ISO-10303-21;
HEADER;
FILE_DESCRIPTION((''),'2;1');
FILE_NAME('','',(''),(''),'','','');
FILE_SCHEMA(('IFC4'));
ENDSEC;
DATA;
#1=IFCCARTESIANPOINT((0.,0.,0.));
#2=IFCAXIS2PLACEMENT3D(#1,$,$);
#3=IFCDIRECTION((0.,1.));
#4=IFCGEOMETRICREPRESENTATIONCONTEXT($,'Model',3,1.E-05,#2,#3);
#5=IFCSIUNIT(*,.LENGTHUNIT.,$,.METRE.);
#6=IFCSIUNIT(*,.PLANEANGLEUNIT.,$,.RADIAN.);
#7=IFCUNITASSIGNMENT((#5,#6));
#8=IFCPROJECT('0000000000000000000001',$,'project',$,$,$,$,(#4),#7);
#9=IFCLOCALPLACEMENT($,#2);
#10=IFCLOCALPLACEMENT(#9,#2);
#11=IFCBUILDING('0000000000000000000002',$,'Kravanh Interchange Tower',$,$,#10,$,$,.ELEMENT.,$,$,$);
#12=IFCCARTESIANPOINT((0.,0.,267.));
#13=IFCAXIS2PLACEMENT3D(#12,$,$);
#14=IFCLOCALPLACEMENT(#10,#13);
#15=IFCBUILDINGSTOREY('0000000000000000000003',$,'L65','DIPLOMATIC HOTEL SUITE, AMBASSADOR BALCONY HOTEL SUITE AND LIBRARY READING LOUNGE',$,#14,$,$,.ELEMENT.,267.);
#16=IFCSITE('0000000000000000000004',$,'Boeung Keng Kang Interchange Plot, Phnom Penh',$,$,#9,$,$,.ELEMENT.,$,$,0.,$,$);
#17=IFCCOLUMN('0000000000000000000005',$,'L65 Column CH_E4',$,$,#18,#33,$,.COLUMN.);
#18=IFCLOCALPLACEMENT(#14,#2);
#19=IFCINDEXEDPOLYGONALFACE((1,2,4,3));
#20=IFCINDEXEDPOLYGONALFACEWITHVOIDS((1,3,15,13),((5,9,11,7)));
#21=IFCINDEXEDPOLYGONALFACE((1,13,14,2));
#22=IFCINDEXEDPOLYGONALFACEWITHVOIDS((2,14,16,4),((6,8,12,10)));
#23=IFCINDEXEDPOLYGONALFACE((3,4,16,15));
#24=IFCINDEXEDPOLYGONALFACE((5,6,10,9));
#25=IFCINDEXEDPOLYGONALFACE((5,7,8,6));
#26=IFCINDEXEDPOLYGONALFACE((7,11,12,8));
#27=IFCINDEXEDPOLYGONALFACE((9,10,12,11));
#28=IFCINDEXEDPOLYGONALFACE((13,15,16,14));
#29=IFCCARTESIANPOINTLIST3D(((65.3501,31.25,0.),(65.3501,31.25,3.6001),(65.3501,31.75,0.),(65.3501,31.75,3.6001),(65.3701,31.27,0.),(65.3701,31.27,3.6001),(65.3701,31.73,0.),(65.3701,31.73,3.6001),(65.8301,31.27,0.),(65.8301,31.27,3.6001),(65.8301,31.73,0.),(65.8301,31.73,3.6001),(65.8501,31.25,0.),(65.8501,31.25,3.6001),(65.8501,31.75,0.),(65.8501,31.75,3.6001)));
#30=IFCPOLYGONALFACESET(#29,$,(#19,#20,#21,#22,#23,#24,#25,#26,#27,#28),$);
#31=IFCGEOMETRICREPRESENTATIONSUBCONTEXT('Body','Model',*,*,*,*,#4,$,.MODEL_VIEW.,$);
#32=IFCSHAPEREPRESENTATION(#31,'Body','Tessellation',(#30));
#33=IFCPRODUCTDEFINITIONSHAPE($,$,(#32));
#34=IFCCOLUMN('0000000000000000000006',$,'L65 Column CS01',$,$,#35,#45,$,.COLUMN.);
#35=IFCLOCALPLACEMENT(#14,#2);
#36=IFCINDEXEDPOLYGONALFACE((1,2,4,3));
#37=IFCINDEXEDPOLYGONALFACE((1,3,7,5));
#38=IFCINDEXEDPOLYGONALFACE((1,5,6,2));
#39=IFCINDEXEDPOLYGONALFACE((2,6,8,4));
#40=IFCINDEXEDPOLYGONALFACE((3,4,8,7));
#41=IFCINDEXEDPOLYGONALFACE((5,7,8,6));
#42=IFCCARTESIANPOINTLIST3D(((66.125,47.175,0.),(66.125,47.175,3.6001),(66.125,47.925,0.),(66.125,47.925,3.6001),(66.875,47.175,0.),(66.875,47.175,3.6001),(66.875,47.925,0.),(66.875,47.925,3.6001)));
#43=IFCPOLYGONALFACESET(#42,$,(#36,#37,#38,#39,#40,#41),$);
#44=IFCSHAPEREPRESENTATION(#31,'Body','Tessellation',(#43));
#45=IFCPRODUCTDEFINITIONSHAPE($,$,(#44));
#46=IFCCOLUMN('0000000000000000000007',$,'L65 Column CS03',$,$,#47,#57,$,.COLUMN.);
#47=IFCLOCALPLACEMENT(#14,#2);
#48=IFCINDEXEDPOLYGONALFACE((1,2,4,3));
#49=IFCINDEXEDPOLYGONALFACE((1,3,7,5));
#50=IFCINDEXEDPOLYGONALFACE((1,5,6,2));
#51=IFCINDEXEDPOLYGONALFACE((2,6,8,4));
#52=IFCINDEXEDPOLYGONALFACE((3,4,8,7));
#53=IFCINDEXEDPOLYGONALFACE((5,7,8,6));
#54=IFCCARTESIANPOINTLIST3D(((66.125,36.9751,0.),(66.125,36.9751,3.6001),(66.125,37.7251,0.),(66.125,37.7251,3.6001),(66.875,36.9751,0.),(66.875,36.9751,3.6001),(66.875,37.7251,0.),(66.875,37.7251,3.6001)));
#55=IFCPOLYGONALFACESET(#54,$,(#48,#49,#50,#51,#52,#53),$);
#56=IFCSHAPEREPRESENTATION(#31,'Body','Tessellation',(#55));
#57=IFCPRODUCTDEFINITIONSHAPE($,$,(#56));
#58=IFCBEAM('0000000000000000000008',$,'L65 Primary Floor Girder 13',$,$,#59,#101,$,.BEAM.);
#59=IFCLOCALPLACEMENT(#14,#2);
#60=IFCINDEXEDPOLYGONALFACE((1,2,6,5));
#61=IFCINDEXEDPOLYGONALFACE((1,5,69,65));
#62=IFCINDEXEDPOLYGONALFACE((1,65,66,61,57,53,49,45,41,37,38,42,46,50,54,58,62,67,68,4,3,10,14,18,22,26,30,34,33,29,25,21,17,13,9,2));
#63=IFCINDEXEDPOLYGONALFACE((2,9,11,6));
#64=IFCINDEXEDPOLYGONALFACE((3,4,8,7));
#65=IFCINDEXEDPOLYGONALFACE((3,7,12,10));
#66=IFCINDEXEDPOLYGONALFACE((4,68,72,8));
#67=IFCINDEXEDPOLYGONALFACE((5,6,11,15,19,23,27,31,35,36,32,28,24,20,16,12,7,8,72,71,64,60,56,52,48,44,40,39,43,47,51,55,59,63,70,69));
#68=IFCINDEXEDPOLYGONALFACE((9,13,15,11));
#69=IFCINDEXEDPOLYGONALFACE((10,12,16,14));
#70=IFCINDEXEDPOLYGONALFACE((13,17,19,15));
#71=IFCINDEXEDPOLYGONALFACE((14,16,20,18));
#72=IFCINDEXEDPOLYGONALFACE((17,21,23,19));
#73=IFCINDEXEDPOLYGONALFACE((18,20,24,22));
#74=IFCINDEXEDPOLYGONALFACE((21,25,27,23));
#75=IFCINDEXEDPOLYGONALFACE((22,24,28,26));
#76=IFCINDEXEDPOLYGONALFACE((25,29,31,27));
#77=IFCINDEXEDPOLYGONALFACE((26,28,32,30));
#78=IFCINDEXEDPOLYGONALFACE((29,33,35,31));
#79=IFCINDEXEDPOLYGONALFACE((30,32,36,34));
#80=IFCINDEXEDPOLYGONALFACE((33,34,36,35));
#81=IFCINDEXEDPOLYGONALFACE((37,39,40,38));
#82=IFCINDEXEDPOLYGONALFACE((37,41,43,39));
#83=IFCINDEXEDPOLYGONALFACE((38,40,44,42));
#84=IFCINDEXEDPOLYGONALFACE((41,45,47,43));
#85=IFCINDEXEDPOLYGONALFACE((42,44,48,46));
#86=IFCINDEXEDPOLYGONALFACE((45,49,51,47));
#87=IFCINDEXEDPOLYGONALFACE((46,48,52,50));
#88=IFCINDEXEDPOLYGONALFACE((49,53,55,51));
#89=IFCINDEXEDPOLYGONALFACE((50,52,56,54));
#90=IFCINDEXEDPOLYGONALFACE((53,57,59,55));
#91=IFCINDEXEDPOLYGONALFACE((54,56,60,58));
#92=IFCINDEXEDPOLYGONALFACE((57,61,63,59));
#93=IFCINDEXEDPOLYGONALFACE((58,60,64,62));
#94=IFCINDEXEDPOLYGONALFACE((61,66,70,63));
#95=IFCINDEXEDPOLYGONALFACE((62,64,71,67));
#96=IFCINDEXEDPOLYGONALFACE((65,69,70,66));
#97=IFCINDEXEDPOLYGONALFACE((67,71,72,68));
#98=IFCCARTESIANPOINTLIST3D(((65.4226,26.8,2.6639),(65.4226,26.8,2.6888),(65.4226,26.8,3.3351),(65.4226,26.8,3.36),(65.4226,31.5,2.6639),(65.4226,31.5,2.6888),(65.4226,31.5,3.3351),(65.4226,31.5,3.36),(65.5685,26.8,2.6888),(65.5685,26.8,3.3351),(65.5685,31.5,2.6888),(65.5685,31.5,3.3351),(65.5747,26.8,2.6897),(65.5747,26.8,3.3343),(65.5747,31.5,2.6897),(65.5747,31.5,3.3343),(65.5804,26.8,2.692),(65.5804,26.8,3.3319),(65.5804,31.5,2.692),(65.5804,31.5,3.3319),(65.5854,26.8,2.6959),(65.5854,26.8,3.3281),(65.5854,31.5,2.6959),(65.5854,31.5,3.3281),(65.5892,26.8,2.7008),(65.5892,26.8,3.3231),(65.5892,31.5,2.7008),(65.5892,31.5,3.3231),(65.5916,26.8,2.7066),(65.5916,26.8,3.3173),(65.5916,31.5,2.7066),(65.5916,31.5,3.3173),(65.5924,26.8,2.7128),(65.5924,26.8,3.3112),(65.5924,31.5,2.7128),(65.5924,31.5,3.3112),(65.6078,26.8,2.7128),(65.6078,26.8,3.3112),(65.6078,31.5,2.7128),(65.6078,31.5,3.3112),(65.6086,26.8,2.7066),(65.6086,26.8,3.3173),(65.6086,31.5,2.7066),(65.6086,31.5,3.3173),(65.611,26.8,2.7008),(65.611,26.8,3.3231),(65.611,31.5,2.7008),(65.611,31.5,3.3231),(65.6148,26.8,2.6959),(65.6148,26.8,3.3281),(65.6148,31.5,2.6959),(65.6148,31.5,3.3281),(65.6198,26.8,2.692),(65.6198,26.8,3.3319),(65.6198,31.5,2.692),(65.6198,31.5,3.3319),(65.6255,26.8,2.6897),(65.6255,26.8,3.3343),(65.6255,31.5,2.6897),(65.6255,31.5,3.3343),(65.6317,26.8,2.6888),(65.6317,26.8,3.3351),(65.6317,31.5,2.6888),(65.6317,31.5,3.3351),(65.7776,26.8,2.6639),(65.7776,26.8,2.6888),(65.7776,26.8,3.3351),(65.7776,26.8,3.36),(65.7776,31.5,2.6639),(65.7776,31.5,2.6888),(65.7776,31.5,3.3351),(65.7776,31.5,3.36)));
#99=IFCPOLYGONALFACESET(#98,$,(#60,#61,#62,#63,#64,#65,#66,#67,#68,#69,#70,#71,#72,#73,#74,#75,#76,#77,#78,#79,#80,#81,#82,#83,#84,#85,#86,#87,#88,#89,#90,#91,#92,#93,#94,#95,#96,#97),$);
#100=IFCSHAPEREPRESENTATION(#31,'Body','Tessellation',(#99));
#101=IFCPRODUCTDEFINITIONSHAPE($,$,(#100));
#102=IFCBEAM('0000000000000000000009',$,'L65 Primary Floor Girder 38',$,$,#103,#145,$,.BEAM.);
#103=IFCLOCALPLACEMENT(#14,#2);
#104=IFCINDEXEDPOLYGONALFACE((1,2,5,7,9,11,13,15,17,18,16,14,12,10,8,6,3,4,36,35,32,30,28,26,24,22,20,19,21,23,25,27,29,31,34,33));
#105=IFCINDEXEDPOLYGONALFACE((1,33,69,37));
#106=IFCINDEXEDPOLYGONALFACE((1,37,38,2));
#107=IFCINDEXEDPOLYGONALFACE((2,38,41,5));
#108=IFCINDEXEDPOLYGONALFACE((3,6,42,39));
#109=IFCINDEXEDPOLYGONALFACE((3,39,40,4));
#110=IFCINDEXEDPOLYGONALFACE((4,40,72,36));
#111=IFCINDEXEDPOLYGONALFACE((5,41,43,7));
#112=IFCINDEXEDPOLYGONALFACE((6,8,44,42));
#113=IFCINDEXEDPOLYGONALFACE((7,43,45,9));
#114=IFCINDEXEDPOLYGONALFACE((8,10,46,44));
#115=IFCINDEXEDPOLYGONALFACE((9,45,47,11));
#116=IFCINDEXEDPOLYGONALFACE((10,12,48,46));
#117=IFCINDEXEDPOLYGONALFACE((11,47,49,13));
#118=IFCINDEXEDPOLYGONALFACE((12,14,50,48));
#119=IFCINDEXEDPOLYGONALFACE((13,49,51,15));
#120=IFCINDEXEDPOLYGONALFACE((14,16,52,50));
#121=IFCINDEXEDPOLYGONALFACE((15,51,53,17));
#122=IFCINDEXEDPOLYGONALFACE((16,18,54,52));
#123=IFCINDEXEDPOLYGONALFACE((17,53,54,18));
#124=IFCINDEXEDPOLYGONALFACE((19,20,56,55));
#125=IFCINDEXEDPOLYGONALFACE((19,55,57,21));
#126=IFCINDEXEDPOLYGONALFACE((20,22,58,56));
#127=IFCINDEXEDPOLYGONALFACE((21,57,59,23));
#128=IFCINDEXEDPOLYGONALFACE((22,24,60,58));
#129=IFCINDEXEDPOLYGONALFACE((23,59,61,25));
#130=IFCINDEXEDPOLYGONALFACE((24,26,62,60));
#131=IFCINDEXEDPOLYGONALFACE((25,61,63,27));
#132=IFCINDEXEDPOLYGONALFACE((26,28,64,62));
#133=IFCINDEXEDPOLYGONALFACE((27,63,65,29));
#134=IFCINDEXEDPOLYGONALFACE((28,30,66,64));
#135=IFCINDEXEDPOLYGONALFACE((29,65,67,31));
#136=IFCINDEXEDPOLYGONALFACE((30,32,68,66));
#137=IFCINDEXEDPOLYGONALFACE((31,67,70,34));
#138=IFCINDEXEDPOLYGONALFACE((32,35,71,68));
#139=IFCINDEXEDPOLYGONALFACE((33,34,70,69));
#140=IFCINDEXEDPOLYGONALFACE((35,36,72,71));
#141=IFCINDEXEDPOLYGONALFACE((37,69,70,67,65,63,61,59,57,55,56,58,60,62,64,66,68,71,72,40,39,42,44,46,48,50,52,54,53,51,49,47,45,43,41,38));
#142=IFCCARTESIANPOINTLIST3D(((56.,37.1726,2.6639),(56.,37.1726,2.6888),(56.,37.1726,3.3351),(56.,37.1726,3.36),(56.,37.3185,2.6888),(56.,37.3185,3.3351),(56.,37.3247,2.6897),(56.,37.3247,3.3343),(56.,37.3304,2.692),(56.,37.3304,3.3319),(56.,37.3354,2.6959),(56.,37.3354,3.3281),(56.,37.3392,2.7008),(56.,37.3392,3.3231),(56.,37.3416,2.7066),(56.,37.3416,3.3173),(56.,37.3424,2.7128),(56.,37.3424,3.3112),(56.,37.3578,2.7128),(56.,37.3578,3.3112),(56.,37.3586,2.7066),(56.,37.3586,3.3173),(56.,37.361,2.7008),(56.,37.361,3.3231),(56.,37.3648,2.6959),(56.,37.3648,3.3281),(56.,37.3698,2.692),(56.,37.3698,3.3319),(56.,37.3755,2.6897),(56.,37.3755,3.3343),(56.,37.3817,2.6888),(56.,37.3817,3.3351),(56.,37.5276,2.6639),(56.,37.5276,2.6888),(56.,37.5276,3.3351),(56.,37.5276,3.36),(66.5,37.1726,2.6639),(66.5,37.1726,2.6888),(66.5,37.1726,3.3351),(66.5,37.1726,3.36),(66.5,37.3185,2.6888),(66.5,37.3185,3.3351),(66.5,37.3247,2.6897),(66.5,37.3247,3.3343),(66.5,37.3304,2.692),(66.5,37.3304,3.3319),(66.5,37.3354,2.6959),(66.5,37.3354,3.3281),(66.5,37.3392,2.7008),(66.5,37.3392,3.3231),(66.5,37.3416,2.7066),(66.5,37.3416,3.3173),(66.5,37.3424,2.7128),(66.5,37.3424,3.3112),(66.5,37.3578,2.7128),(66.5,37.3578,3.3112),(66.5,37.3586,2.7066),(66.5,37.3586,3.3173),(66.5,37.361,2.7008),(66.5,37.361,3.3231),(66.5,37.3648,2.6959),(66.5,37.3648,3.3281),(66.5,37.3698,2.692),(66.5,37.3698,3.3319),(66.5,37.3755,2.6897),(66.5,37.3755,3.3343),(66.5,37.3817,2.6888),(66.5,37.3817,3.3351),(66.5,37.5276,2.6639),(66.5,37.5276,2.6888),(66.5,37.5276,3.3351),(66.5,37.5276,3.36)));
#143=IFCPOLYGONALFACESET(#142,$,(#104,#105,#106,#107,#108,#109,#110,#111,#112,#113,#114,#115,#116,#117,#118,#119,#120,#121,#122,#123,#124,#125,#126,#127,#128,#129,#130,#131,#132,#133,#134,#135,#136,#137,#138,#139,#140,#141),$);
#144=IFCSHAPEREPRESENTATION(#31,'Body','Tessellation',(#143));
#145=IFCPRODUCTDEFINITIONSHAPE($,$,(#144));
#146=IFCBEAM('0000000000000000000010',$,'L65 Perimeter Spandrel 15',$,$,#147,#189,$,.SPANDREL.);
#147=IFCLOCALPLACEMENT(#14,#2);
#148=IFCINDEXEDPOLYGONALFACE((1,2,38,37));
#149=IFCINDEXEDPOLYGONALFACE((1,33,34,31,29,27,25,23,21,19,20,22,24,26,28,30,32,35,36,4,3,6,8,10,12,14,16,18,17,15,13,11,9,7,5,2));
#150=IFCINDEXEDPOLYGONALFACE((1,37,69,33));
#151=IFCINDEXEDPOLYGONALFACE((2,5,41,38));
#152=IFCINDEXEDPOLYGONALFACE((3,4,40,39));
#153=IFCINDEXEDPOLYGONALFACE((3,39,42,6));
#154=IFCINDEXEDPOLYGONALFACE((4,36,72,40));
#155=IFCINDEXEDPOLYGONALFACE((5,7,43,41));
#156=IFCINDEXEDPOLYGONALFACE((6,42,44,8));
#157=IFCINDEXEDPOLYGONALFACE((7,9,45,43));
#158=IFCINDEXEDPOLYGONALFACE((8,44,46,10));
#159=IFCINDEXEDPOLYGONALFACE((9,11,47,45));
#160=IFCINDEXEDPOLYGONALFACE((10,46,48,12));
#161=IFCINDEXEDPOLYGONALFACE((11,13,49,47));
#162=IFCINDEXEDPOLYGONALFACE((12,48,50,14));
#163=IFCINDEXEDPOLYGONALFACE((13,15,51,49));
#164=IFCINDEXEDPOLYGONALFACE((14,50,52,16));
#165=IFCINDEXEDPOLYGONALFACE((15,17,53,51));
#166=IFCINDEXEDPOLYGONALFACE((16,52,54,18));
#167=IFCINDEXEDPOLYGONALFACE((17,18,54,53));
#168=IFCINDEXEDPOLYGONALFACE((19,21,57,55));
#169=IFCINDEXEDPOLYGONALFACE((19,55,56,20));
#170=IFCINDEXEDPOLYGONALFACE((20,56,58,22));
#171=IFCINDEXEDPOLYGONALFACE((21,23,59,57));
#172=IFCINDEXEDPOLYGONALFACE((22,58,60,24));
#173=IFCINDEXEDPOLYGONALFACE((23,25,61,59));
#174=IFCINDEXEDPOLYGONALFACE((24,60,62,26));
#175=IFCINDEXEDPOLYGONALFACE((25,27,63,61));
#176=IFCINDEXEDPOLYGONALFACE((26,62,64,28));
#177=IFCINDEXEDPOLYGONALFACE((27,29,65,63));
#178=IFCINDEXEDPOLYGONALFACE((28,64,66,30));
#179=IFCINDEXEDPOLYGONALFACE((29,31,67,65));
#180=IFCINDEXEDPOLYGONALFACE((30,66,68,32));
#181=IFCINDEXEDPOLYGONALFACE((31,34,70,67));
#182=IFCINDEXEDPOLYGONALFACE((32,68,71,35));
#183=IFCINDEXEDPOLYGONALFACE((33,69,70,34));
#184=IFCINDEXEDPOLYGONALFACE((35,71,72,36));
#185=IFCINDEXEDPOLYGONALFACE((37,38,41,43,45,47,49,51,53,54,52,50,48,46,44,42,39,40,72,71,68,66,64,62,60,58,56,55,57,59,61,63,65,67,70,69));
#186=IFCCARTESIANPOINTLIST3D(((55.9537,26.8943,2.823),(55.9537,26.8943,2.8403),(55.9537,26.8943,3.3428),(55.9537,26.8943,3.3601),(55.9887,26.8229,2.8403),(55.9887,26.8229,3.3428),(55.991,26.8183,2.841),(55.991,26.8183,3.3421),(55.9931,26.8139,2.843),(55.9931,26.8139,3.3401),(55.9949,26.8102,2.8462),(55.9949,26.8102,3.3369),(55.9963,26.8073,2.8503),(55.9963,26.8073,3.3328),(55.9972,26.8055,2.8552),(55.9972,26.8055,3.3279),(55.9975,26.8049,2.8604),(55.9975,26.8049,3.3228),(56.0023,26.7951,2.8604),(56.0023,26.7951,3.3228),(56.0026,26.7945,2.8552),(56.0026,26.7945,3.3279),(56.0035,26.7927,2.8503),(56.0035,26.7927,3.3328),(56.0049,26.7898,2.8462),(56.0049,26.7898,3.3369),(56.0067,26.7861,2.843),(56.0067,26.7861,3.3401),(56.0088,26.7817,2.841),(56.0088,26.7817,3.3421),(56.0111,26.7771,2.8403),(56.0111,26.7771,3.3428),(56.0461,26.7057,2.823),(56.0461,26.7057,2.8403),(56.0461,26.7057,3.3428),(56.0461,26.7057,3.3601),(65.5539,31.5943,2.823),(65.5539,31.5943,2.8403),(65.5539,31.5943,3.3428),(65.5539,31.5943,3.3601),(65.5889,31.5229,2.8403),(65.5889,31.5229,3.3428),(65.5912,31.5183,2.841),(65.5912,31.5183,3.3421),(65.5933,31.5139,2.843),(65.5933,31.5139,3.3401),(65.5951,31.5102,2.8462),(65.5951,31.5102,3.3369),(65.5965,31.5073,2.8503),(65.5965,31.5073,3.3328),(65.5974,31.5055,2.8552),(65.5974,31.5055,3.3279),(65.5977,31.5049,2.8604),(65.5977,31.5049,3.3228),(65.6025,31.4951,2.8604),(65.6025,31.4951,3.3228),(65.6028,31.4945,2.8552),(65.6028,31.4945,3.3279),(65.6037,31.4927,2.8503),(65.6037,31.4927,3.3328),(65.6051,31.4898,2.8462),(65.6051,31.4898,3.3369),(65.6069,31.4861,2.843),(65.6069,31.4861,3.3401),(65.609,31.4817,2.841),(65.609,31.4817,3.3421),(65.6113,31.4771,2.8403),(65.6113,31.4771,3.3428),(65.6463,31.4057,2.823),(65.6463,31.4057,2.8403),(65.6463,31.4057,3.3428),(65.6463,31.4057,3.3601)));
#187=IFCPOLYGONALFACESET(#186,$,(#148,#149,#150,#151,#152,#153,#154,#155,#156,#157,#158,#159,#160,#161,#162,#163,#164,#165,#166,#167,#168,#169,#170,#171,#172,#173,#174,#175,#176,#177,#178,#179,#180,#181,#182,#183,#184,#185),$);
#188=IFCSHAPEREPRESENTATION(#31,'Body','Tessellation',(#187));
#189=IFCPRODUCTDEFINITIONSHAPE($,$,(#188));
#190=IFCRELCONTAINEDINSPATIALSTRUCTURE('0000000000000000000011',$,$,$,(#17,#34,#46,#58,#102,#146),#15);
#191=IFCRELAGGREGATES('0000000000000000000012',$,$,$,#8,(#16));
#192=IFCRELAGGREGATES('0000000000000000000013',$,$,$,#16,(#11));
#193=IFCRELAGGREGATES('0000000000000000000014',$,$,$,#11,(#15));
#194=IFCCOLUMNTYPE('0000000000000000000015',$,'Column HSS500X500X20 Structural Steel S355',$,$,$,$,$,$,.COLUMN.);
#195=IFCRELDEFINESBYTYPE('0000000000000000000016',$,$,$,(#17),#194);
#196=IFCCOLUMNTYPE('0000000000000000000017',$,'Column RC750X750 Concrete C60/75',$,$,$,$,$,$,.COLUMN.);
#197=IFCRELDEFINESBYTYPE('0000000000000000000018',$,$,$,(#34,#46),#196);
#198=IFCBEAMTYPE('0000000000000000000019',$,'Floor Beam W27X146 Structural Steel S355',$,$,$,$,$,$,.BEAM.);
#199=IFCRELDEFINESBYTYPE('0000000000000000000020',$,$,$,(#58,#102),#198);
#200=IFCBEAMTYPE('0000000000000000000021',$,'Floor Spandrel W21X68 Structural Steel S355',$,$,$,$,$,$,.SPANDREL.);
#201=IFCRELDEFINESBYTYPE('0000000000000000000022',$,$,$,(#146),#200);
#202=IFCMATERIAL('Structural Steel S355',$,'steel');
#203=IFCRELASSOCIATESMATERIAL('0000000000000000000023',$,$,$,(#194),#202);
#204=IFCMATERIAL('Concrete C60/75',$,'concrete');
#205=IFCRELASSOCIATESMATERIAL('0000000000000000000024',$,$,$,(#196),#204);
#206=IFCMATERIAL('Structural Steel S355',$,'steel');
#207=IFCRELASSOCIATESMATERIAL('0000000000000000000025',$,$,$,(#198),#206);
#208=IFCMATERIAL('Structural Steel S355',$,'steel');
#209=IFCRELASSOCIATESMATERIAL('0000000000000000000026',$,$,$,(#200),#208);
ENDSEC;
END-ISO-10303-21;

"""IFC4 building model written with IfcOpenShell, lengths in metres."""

from ifc_helpers import new_model, si_unit, direction, frame, origin, origin_2d, place, context, subcontext, project, spatial, rectangle, hollow_rectangle, i_section, extrude, material, material_profile, profile_set, type_object, element, save


model = new_model("IFC4")

# Units and contexts
model_context = context("Model", 3, precision=1e-05, world=origin(), true_north=direction((0.0, 1.0)))
body_context = subcontext(model_context, "Body", "Model", "MODEL_VIEW")
ifc_project = project(units=[si_unit("LENGTHUNIT", "METRE"), si_unit("PLANEANGLEUNIT", "RADIAN")], contexts=[model_context])

# Site, building, storey
site_placement = place(None, origin())
site = spatial("IfcSite", under=ifc_project, at=site_placement, Name="Boeung Keng Kang Interchange Plot, Phnom Penh", CompositionType="ELEMENT", RefElevation=0.0)
building_placement = place(site_placement, origin())
building = spatial("IfcBuilding", under=site, at=building_placement, Name="Kravanh Interchange Tower", CompositionType="ELEMENT")
storey_placement = place(building_placement, frame((0.0, 0.0, 267.0)))
storey = spatial("IfcBuildingStorey", under=building, at=storey_placement, Name="L65", Description="DIPLOMATIC HOTEL SUITE, AMBASSADOR BALCONY HOTEL SUITE AND LIBRARY READING LOUNGE", CompositionType="ELEMENT", Elevation=267.0)

# Columns
ifc_material_1 = material(Name="Structural Steel S355", Category="steel")
ifc_material_profile_1 = material_profile(ifc_material_1, hollow_rectangle(XDim=0.5, YDim=0.5, WallThickness=0.02, at=origin_2d()), Name="HSS500X500X20")
ifc_profile_set_1 = profile_set([ifc_material_profile_1], Name="Structural Steel S355")
column_type_1 = type_object("IfcColumnType", Name="Column HSS500X500X20 Structural Steel S355", PredefinedType="COLUMN", material=ifc_profile_set_1)
column_placement = place(storey_placement, frame((65.6001, 31.5, 0.0), z_axis=(0.0, 0.0, 1.0), x_axis=(1.0, 0.0, 0.0)))
element("IfcColumn", 1, at=column_placement, inside=storey, type_object=column_type_1, Name="L65 Column CH_E4", PredefinedType="COLUMN", context=body_context, shape_type="SweptSolid", body=[
    extrude(hollow_rectangle(XDim=0.5, YDim=0.5, WallThickness=0.02, at=origin_2d()), origin(), (0.0, 0.0, 1.0), 3.6001),
])
ifc_material_2 = material(Name="Concrete C60/75", Category="concrete")
ifc_material_profile_2 = material_profile(ifc_material_2, rectangle(XDim=0.75, YDim=0.75, at=origin_2d()), Name="RC750X750")
ifc_profile_set_2 = profile_set([ifc_material_profile_2], Name="Concrete C60/75")
column_type_2 = type_object("IfcColumnType", Name="Column RC750X750 Concrete C60/75", PredefinedType="COLUMN", material=ifc_profile_set_2)
for number, where, z_axis, x_axis, name in (
    (2, (66.5, 47.55, 0.0), (0.0, 0.0, 1.0), (1.0, 0.0, 0.0), "L65 Column CS01"),
    (3, (66.5, 37.3501, 0.0), (0.0, 0.0, 1.0), (1.0, 0.0, 0.0), "L65 Column CS03"),
):
    element("IfcColumn", number, at=place(storey_placement, frame(where, z_axis=z_axis, x_axis=x_axis)), inside=storey, type_object=column_type_2, Name=name, PredefinedType="COLUMN", context=body_context, shape_type="SweptSolid", body=[
        extrude(rectangle(XDim=0.75, YDim=0.75, at=origin_2d()), origin(), (0.0, 0.0, 1.0), 3.6001),
    ])

# Beams
ifc_material_3 = material(Name="Structural Steel S355", Category="steel")
ifc_material_profile_3 = material_profile(ifc_material_3, i_section(OverallWidth=0.355, OverallDepth=0.696, WebThickness=0.0154, FlangeThickness=0.0249, FilletRadius=0.0239, at=origin_2d()), Name="W27X146")
ifc_profile_set_3 = profile_set([ifc_material_profile_3], Name="Structural Steel S355")
beam_type_1 = type_object("IfcBeamType", Name="Floor Beam W27X146 Structural Steel S355", PredefinedType="BEAM", material=ifc_profile_set_3)
beam_1_placement = place(storey_placement, frame((65.6001, 31.5, 3.012), z_axis=(0.0, -1.0, 0.0), x_axis=(1.0, 0.0, 0.0)))
element("IfcBeam", 4, at=beam_1_placement, inside=storey, type_object=beam_type_1, Name="L65 Primary Floor Girder 13", PredefinedType="BEAM", context=body_context, shape_type="SweptSolid", body=[
    extrude(i_section(OverallWidth=0.355, OverallDepth=0.696, WebThickness=0.0154, FlangeThickness=0.0249, FilletRadius=0.0239, at=origin_2d()), origin(), (0.0, 0.0, 1.0), 4.7),
])
beam_2_placement = place(storey_placement, frame((66.5, 37.3501, 3.012), z_axis=(-1.0, 0.0, 0.0), x_axis=(0.0, -1.0, 0.0)))
element("IfcBeam", 5, at=beam_2_placement, inside=storey, type_object=beam_type_1, Name="L65 Primary Floor Girder 38", PredefinedType="BEAM", context=body_context, shape_type="SweptSolid", body=[
    extrude(i_section(OverallWidth=0.355, OverallDepth=0.696, WebThickness=0.0154, FlangeThickness=0.0249, FilletRadius=0.0239, at=origin_2d()), origin(), (0.0, 0.0, 1.0), 10.5),
])
ifc_material_4 = material(Name="Structural Steel S355", Category="steel")
ifc_material_profile_4 = material_profile(ifc_material_4, i_section(OverallWidth=0.21, OverallDepth=0.5371, WebThickness=0.011, FlangeThickness=0.0173, FilletRadius=0.02, at=origin_2d()), Name="W21X68")
ifc_profile_set_4 = profile_set([ifc_material_profile_4], Name="Structural Steel S355")
beam_type_2 = type_object("IfcBeamType", Name="Floor Spandrel W21X68 Structural Steel S355", PredefinedType="SPANDREL", material=ifc_profile_set_4)
beam_3_placement = place(storey_placement, frame((65.6001, 31.5, 3.0916), z_axis=(-0.898142, -0.439706, 0.0), x_axis=(0.439706, -0.898142, 0.0)))
element("IfcBeam", 6, at=beam_3_placement, inside=storey, type_object=beam_type_2, Name="L65 Perimeter Spandrel 15", PredefinedType="SPANDREL", context=body_context, shape_type="SweptSolid", body=[
    extrude(i_section(OverallWidth=0.21, OverallDepth=0.5371, WebThickness=0.011, FlangeThickness=0.0173, FilletRadius=0.02, at=origin_2d()), origin(), (0.0, 0.0, 1.0), 10.689),
])

save(model, "model.ifc")
